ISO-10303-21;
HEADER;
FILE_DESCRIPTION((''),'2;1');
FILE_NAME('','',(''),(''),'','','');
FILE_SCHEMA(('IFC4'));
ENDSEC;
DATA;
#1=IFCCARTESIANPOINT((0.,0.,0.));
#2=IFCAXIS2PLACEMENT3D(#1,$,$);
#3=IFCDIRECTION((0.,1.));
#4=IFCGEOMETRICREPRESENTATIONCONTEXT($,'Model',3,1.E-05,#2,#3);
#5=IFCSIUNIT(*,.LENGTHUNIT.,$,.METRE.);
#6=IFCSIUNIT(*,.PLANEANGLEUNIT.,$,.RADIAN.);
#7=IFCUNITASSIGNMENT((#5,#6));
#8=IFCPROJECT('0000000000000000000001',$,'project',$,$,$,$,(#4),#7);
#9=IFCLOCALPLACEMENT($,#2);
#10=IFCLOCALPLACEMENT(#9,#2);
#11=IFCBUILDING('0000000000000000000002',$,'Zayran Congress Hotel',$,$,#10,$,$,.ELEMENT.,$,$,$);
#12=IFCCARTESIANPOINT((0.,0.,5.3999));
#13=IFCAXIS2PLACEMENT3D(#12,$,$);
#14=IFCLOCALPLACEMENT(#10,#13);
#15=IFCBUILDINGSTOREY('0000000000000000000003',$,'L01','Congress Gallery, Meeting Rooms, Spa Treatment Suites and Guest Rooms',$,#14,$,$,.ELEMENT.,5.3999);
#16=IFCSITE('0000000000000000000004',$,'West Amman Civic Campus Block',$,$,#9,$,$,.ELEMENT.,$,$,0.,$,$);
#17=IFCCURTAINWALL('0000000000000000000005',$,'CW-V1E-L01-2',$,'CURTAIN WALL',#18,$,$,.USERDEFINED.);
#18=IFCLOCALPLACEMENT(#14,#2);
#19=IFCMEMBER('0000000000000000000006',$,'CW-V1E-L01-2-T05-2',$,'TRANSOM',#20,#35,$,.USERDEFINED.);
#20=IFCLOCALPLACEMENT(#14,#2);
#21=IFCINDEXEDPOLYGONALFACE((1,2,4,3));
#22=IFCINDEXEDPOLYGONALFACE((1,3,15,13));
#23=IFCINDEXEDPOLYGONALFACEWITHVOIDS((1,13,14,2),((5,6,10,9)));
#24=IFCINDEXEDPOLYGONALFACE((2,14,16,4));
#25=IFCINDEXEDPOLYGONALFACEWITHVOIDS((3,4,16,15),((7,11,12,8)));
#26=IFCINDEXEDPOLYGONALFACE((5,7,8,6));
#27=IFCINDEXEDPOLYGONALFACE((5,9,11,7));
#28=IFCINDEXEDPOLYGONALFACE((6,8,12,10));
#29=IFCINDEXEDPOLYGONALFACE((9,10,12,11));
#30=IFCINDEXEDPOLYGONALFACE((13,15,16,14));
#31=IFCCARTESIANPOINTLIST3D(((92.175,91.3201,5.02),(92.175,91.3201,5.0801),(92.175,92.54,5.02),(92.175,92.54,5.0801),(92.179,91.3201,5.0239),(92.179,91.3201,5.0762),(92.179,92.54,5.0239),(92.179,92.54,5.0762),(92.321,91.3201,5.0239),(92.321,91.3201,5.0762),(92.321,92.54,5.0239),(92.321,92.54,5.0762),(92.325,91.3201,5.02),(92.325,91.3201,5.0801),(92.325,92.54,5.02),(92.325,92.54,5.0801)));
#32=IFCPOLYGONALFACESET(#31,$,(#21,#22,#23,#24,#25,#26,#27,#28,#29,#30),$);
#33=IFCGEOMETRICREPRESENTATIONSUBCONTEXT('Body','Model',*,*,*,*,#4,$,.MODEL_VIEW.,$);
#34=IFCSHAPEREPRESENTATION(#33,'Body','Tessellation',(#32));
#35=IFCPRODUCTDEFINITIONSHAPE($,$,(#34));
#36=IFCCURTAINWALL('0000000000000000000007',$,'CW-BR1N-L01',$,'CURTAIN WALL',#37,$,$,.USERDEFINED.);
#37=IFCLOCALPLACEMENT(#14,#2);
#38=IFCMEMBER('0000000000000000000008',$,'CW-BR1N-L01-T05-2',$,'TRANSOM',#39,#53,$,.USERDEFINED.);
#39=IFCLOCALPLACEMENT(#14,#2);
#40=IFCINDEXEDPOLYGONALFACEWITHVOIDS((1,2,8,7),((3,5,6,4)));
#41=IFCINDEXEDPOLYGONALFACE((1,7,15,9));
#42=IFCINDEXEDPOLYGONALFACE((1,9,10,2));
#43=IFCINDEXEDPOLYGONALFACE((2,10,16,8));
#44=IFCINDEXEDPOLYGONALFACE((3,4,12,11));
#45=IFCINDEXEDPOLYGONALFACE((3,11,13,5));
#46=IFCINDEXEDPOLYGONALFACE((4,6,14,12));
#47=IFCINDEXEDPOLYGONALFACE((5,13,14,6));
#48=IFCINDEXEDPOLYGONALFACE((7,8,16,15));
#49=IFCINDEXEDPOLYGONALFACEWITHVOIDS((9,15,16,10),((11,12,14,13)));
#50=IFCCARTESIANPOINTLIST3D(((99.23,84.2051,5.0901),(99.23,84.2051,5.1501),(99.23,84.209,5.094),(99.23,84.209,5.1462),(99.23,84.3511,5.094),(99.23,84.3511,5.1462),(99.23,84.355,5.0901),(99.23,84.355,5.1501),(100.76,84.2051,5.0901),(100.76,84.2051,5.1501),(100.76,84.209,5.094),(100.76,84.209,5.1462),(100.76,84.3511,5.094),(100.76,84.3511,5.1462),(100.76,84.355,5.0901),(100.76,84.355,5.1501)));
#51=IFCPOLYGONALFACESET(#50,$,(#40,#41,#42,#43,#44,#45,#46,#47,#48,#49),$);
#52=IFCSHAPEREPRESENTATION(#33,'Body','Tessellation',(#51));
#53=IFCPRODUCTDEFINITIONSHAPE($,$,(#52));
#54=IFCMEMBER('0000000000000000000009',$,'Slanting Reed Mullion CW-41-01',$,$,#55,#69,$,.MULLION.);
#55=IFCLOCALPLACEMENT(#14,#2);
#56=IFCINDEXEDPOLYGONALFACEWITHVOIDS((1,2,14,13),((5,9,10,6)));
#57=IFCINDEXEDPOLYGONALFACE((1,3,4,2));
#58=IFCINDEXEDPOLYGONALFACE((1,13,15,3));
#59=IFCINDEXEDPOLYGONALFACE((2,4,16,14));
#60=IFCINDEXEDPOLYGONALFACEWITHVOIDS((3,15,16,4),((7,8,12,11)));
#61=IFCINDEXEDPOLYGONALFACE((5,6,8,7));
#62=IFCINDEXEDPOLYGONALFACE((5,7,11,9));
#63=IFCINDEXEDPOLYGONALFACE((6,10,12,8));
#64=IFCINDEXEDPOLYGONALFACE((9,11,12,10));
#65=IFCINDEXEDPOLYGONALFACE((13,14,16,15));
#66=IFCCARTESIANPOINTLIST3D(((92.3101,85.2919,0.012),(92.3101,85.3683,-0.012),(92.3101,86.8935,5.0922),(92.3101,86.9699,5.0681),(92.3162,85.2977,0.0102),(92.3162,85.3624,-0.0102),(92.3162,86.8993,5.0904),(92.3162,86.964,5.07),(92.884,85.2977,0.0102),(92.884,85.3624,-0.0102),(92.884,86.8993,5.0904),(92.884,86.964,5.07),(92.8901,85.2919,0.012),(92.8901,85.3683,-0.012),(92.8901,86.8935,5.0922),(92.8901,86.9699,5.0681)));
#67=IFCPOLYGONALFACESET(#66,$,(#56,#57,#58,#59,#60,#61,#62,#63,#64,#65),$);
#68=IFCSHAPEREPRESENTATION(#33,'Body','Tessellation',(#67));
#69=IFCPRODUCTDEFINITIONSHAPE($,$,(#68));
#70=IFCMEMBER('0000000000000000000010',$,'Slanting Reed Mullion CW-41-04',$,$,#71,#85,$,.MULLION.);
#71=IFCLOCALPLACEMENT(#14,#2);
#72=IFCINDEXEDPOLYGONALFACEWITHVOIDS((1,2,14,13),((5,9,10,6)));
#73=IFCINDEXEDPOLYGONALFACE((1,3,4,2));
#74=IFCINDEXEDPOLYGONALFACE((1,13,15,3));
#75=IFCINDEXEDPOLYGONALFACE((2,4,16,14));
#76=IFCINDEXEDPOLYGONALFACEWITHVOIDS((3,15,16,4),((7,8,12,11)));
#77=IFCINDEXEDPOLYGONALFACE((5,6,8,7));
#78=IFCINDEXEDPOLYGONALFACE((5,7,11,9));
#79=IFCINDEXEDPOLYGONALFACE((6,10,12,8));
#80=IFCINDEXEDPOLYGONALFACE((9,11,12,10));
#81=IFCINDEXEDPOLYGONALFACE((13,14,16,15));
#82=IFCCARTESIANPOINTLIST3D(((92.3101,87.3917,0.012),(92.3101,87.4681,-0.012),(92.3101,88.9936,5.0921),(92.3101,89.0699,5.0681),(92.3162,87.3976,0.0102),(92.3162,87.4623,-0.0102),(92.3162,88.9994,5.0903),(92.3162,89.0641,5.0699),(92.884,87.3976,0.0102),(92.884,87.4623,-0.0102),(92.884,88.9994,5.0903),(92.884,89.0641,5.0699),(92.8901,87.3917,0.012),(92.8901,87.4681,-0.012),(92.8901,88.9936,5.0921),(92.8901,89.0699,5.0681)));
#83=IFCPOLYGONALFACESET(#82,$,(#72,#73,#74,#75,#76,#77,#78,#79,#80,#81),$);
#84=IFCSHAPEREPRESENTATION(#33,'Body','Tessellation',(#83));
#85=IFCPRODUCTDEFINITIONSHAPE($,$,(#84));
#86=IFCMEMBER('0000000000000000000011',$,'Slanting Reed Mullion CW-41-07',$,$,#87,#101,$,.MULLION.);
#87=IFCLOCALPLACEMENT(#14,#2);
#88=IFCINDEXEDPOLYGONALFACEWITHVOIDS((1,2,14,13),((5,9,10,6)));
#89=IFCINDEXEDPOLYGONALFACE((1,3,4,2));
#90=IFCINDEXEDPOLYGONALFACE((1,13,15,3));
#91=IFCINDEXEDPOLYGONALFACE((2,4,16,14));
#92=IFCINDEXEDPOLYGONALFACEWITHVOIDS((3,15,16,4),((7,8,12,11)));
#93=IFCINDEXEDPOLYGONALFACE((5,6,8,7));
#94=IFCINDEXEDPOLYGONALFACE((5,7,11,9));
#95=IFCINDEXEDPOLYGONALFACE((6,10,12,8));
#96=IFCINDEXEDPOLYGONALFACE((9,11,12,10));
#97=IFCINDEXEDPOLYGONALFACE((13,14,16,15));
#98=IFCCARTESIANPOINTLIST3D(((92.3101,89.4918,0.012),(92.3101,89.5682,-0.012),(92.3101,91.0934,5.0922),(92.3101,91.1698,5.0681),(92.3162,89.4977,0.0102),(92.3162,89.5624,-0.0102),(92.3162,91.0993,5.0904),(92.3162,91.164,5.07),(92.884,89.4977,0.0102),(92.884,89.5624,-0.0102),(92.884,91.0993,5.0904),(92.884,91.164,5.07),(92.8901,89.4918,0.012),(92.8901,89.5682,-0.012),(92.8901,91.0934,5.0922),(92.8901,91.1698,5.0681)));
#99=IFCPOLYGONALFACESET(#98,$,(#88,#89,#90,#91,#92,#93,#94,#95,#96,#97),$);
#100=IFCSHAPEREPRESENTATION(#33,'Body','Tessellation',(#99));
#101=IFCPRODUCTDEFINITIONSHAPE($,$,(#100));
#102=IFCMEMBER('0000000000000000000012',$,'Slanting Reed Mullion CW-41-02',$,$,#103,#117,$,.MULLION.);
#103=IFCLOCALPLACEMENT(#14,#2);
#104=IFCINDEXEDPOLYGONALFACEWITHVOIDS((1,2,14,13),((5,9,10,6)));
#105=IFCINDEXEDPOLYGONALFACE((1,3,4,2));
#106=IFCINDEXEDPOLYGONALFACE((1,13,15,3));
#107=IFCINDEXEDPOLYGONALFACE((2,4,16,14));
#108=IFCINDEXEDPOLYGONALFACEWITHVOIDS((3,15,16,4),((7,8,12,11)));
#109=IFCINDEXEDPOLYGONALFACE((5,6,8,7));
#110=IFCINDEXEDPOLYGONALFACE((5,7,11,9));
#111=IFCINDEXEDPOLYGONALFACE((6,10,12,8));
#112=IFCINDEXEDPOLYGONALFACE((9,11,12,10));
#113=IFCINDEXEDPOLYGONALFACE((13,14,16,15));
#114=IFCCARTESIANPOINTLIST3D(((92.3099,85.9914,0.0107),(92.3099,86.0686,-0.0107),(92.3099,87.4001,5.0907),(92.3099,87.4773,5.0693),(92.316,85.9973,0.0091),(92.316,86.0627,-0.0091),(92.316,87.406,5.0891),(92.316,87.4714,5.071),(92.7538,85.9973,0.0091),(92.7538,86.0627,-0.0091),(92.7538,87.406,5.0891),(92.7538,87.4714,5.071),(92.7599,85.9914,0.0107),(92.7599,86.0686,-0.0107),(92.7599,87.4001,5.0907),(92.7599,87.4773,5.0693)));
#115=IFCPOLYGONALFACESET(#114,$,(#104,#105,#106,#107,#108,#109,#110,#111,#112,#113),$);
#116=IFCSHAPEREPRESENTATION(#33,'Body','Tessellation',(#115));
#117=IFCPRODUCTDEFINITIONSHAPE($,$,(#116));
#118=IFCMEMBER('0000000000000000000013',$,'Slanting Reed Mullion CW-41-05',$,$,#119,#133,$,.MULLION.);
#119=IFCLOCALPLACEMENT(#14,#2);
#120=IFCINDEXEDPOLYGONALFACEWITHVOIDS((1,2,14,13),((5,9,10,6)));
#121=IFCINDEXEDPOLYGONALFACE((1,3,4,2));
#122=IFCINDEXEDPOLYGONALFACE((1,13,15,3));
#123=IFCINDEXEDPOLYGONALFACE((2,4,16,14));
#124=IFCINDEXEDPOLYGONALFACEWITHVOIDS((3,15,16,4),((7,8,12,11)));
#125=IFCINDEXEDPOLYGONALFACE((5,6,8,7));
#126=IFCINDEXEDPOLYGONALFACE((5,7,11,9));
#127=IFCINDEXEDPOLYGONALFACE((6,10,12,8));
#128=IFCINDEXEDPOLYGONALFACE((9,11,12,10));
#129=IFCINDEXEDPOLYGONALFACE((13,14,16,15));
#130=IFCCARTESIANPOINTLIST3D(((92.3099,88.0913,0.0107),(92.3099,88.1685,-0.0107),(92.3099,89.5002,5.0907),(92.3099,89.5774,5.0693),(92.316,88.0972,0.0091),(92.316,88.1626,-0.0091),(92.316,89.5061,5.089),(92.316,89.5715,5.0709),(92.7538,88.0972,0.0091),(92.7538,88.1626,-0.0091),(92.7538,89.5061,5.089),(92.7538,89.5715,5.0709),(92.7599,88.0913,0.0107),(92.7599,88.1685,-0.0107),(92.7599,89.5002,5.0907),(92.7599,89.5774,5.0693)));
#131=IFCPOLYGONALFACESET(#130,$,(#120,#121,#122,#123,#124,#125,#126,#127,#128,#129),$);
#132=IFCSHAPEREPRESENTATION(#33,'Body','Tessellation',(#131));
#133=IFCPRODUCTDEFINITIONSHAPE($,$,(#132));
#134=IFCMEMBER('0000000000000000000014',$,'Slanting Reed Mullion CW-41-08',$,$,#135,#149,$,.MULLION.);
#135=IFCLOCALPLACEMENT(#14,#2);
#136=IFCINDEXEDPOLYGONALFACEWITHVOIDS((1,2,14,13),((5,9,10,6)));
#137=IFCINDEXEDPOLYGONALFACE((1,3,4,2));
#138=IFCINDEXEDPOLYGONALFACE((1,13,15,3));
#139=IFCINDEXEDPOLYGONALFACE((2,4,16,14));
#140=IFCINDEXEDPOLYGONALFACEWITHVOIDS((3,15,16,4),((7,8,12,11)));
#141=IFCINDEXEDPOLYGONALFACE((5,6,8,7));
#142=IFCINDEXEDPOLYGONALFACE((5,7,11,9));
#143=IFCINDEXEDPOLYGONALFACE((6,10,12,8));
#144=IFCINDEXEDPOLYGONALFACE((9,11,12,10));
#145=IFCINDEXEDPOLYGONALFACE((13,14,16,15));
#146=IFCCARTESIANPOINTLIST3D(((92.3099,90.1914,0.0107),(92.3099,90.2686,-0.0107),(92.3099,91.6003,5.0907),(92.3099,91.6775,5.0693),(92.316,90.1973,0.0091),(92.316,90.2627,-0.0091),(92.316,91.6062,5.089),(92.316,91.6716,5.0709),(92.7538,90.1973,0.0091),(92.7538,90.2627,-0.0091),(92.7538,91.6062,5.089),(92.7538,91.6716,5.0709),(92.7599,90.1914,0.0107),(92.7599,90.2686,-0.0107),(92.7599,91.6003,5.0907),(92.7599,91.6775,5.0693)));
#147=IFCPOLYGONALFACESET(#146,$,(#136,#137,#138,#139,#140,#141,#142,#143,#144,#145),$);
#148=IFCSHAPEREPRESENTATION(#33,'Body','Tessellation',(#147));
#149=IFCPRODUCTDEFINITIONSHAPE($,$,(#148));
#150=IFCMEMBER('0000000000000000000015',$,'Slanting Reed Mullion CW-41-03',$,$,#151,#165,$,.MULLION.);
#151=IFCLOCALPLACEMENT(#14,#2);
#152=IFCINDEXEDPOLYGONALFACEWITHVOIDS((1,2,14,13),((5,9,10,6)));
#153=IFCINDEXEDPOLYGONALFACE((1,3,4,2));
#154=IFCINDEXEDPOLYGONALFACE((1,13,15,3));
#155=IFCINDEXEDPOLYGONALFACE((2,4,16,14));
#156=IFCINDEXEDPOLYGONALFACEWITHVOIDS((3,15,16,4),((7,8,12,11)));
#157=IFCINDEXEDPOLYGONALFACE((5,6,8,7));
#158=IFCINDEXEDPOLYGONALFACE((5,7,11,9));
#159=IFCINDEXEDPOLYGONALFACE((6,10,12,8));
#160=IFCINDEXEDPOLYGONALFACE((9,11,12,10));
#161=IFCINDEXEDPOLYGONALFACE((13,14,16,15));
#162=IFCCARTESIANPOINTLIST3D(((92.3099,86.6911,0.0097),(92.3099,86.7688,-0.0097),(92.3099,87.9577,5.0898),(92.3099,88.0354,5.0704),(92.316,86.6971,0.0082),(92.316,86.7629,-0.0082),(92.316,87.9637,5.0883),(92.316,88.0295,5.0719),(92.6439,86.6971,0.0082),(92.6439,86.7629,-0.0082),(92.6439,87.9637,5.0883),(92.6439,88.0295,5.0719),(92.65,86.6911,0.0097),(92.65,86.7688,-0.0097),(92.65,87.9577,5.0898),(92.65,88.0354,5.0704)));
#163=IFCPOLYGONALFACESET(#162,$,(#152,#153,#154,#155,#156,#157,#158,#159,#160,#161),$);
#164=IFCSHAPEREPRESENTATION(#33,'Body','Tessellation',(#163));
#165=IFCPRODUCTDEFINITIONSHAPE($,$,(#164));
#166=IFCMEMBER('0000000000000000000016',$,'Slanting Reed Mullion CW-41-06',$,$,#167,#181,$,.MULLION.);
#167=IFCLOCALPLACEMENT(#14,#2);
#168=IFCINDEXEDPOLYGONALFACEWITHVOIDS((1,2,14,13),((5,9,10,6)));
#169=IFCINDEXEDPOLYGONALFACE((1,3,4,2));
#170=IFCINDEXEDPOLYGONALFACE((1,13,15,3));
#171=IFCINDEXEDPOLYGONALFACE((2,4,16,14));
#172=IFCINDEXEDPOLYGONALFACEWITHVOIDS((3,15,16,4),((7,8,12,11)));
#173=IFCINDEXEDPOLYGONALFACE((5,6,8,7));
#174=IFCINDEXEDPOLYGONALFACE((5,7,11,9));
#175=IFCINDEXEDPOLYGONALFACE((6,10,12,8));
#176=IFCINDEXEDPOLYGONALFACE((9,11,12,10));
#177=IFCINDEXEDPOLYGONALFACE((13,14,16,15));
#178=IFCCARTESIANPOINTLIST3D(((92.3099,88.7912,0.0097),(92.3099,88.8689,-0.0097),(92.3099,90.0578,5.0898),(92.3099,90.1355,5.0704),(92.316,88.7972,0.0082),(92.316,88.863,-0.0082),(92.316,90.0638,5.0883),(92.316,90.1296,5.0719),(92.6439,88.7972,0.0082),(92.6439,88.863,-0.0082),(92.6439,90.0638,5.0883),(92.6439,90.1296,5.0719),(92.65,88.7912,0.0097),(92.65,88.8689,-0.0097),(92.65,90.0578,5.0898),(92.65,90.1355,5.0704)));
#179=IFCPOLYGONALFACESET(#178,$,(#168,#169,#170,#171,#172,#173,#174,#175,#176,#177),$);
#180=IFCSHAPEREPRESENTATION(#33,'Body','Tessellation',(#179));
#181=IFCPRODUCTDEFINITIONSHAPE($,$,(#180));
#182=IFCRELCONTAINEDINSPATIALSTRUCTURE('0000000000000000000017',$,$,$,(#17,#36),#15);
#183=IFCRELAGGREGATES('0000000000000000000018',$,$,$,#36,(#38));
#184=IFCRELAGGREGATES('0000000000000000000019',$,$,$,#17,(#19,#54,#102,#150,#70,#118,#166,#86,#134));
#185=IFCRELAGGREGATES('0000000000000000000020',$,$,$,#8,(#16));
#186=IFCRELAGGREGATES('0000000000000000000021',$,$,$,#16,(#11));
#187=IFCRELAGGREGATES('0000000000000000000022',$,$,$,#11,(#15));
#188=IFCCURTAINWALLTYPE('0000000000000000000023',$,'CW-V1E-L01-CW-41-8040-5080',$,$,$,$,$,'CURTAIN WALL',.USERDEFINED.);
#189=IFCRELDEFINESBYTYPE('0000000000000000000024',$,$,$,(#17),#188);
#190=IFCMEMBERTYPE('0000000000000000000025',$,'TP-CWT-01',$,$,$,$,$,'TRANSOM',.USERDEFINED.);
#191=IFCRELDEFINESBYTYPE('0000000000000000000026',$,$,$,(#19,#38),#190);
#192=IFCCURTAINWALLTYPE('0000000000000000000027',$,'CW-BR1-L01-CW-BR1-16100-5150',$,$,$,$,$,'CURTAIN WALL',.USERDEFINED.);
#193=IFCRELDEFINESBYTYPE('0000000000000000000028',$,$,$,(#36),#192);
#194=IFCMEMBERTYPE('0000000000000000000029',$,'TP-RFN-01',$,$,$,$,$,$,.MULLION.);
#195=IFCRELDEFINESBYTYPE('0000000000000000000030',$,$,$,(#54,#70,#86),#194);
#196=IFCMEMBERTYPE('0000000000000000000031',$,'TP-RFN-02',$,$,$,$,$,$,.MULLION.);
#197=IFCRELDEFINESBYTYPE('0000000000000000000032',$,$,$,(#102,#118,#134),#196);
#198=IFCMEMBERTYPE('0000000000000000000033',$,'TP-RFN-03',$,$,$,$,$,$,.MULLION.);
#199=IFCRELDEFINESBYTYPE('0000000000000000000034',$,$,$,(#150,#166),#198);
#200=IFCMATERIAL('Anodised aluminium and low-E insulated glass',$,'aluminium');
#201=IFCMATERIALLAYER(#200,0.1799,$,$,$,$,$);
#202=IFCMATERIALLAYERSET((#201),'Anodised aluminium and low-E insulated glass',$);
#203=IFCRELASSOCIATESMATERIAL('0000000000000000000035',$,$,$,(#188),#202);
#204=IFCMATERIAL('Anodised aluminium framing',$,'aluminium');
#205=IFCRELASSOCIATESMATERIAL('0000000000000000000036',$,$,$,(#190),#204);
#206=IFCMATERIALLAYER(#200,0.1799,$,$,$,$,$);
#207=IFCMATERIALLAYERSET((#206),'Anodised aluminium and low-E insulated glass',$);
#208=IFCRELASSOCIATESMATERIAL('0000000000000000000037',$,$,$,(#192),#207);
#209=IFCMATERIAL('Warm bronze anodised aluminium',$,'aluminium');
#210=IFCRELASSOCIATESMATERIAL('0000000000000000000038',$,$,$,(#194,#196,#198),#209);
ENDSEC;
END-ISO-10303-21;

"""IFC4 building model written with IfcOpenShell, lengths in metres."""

from ifc_helpers import new_model, si_unit, direction, frame, origin, origin_2d, place, context, subcontext, project, spatial, hollow_rectangle, extrude, material, layer, layer_set, material_profile, profile_set, type_object, element, aggregate, save


model = new_model("IFC4")

# Units and contexts
model_context = context("Model", 3, precision=1e-05, world=origin(), true_north=direction((0.0, 1.0)))
body_context = subcontext(model_context, "Body", "Model", "MODEL_VIEW")
ifc_project = project(units=[si_unit("LENGTHUNIT", "METRE"), si_unit("PLANEANGLEUNIT", "RADIAN")], contexts=[model_context])

# Site, building, storey
site_placement = place(None, origin())
site = spatial("IfcSite", under=ifc_project, at=site_placement, Name="West Amman Civic Campus Block", CompositionType="ELEMENT", RefElevation=0.0)
building_placement = place(site_placement, origin())
building = spatial("IfcBuilding", under=site, at=building_placement, Name="Zayran Congress Hotel", CompositionType="ELEMENT")
storey_placement = place(building_placement, frame((0.0, 0.0, 5.3999)))
storey = spatial("IfcBuildingStorey", under=building, at=storey_placement, Name="L01", Description="Congress Gallery, Meeting Rooms, Spa Treatment Suites and Guest Rooms", CompositionType="ELEMENT", Elevation=5.3999)

# Curtain wall, member
ifc_material_1 = material(Name="Anodised aluminium and low-E insulated glass", Category="aluminium")
ifc_layer_1 = layer(ifc_material_1, 0.1799)
ifc_layer_set_1 = layer_set([ifc_layer_1], Name="Anodised aluminium and low-E insulated glass")
curtain_wall_type_1 = type_object("IfcCurtainWallType", Name="CW-V1E-L01-CW-41-8040-5080", ElementType="CURTAIN WALL", PredefinedType="USERDEFINED", material=ifc_layer_set_1)
curtain_wall_1_placement = place(storey_placement, origin())
curtain_wall_1 = element("IfcCurtainWall", 1, at=curtain_wall_1_placement, inside=storey, type_object=curtain_wall_type_1, Name="CW-V1E-L01-2", ObjectType="CURTAIN WALL", PredefinedType="USERDEFINED")
ifc_material_2 = material(Name="Anodised aluminium framing", Category="aluminium")
ifc_material_profile_1 = material_profile(ifc_material_2, hollow_rectangle(XDim=0.0601, YDim=0.1499, WallThickness=0.0039, at=origin_2d()), Name="RHS 150x60x4")
ifc_profile_set_1 = profile_set([ifc_material_profile_1], Name="Anodised aluminium framing")
member_type_1 = type_object("IfcMemberType", Name="TP-CWT-01", ElementType="TRANSOM", PredefinedType="USERDEFINED", material=ifc_profile_set_1)
member_1_placement = place(storey_placement, frame((92.25, 91.3201, 5.05), z_axis=(0.0, 1.0, 0.0), x_axis=(0.0, 0.0, 1.0)))
member_1 = element("IfcMember", 2, at=member_1_placement, type_object=member_type_1, Name="CW-V1E-L01-2-T05-2", ObjectType="TRANSOM", PredefinedType="USERDEFINED", context=body_context, shape_type="SweptSolid", body=[
    extrude(hollow_rectangle(XDim=0.0601, YDim=0.1499, WallThickness=0.0039, at=origin_2d()), origin(), (0.0, 0.0, 1.0), 1.22),
])

# Curtain wall, member
ifc_layer_2 = layer(ifc_material_1, 0.1799)
ifc_layer_set_2 = layer_set([ifc_layer_2], Name="Anodised aluminium and low-E insulated glass")
curtain_wall_type_2 = type_object("IfcCurtainWallType", Name="CW-BR1-L01-CW-BR1-16100-5150", ElementType="CURTAIN WALL", PredefinedType="USERDEFINED", material=ifc_layer_set_2)
curtain_wall_2_placement = place(storey_placement, origin())
curtain_wall_2 = element("IfcCurtainWall", 3, at=curtain_wall_2_placement, inside=storey, type_object=curtain_wall_type_2, Name="CW-BR1N-L01", ObjectType="CURTAIN WALL", PredefinedType="USERDEFINED")
member_2_placement = place(storey_placement, frame((100.76, 84.28, 5.1201), z_axis=(-1.0, 0.0, 0.0), x_axis=(0.0, 0.0, 1.0)))
member_2 = element("IfcMember", 4, at=member_2_placement, type_object=member_type_1, Name="CW-BR1N-L01-T05-2", ObjectType="TRANSOM", PredefinedType="USERDEFINED", context=body_context, shape_type="SweptSolid", body=[
    extrude(hollow_rectangle(XDim=0.0601, YDim=0.1499, WallThickness=0.0039, at=origin_2d()), origin(), (0.0, 0.0, 1.0), 1.53),
])
aggregate(curtain_wall_2, [member_2])

# Members
ifc_material_3 = material(Name="Warm bronze anodised aluminium", Category="aluminium")
ifc_material_profile_2 = material_profile(ifc_material_3, hollow_rectangle(XDim=0.0801, YDim=0.5801, WallThickness=0.0061, at=origin_2d()), Name="RHS 580x80x6")
ifc_profile_set_2 = profile_set([ifc_material_profile_2], Name="Warm bronze anodised aluminium")
member_type_2 = type_object("IfcMemberType", Name="TP-RFN-01", PredefinedType="MULLION", material=ifc_profile_set_2)
member_3_placement = place(storey_placement, frame((92.6001, 85.3301, 0.0), z_axis=(0.0, 0.300675, 0.953727), x_axis=(0.0, -0.953727, 0.300675)))
member_3 = element("IfcMember", 5, at=member_3_placement, type_object=member_type_2, Name="Slanting Reed Mullion CW-41-01", PredefinedType="MULLION", context=body_context, shape_type="SweptSolid", body=[
    extrude(hollow_rectangle(XDim=0.0801, YDim=0.5801, WallThickness=0.0061, at=origin_2d()), origin(), (0.0, 0.0, 1.0), 5.3267),
])
member_4_placement = place(storey_placement, frame((92.6001, 87.4299, 0.0), z_axis=(0.0, 0.300717, 0.953713), x_axis=(0.0, -0.953713, 0.300717)))
member_4 = element("IfcMember", 6, at=member_4_placement, type_object=member_type_2, Name="Slanting Reed Mullion CW-41-04", PredefinedType="MULLION", context=body_context, shape_type="SweptSolid", body=[
    extrude(hollow_rectangle(XDim=0.0801, YDim=0.5801, WallThickness=0.0061, at=origin_2d()), origin(), (0.0, 0.0, 1.0), 5.3267),
])
member_5_placement = place(storey_placement, frame((92.6001, 89.53, 0.0), z_axis=(0.0, 0.300675, 0.953727), x_axis=(0.0, -0.953727, 0.300675)))
member_5 = element("IfcMember", 7, at=member_5_placement, type_object=member_type_2, Name="Slanting Reed Mullion CW-41-07", PredefinedType="MULLION", context=body_context, shape_type="SweptSolid", body=[
    extrude(hollow_rectangle(XDim=0.0801, YDim=0.5801, WallThickness=0.0061, at=origin_2d()), origin(), (0.0, 0.0, 1.0), 5.3267),
])
ifc_material_profile_3 = material_profile(ifc_material_3, hollow_rectangle(XDim=0.0801, YDim=0.45, WallThickness=0.0061, at=origin_2d()), Name="RHS 450x80x6")
ifc_profile_set_3 = profile_set([ifc_material_profile_3], Name="Warm bronze anodised aluminium")
member_type_3 = type_object("IfcMemberType", Name="TP-RFN-02", PredefinedType="MULLION", material=ifc_profile_set_3)
member_6_placement = place(storey_placement, frame((92.5349, 86.03, 0.0), z_axis=(0.0, 0.267214, 0.963637), x_axis=(0.0, -0.963637, 0.267214)))
member_6 = element("IfcMember", 8, at=member_6_placement, type_object=member_type_3, Name="Slanting Reed Mullion CW-41-02", PredefinedType="MULLION", context=body_context, shape_type="SweptSolid", body=[
    extrude(hollow_rectangle(XDim=0.0801, YDim=0.45, WallThickness=0.0061, at=origin_2d()), origin(), (0.0, 0.0, 1.0), 5.2717),
])
member_7_placement = place(storey_placement, frame((92.5349, 88.1299, 0.0), z_axis=(0.0, 0.267257, 0.963625), x_axis=(0.0, -0.963625, 0.267257)))
member_7 = element("IfcMember", 9, at=member_7_placement, type_object=member_type_3, Name="Slanting Reed Mullion CW-41-05", PredefinedType="MULLION", context=body_context, shape_type="SweptSolid", body=[
    extrude(hollow_rectangle(XDim=0.0801, YDim=0.45, WallThickness=0.0061, at=origin_2d()), origin(), (0.0, 0.0, 1.0), 5.2717),
])
member_8_placement = place(storey_placement, frame((92.5349, 90.23, 0.0), z_axis=(0.0, 0.267257, 0.963625), x_axis=(0.0, -0.963625, 0.267257)))
member_8 = element("IfcMember", 10, at=member_8_placement, type_object=member_type_3, Name="Slanting Reed Mullion CW-41-08", PredefinedType="MULLION", context=body_context, shape_type="SweptSolid", body=[
    extrude(hollow_rectangle(XDim=0.0801, YDim=0.45, WallThickness=0.0061, at=origin_2d()), origin(), (0.0, 0.0, 1.0), 5.2717),
])
ifc_material_profile_4 = material_profile(ifc_material_3, hollow_rectangle(XDim=0.0801, YDim=0.3401, WallThickness=0.0061, at=origin_2d()), Name="RHS 340x80x6")
ifc_profile_set_4 = profile_set([ifc_material_profile_4], Name="Warm bronze anodised aluminium")
member_type_4 = type_object("IfcMemberType", Name="TP-RFN-03", PredefinedType="MULLION", material=ifc_profile_set_4)
member_9_placement = place(storey_placement, frame((92.48, 86.73, 0.0), z_axis=(0.0, 0.241921, 0.970296), x_axis=(0.0, -0.970296, 0.241921)))
member_9 = element("IfcMember", 11, at=member_9_placement, type_object=member_type_4, Name="Slanting Reed Mullion CW-41-03", PredefinedType="MULLION", context=body_context, shape_type="SweptSolid", body=[
    extrude(hollow_rectangle(XDim=0.0801, YDim=0.3401, WallThickness=0.0061, at=origin_2d()), origin(), (0.0, 0.0, 1.0), 5.2356),
])
member_10_placement = place(storey_placement, frame((92.48, 88.8301, 0.0), z_axis=(0.0, 0.241921, 0.970296), x_axis=(0.0, -0.970296, 0.241921)))
member_10 = element("IfcMember", 12, at=member_10_placement, type_object=member_type_4, Name="Slanting Reed Mullion CW-41-06", PredefinedType="MULLION", context=body_context, shape_type="SweptSolid", body=[
    extrude(hollow_rectangle(XDim=0.0801, YDim=0.3401, WallThickness=0.0061, at=origin_2d()), origin(), (0.0, 0.0, 1.0), 5.2356),
])

aggregate(curtain_wall_1, [member_1, member_3, member_6, member_9, member_4, member_7, member_10, member_5, member_8])

save(model, "model.ifc")
